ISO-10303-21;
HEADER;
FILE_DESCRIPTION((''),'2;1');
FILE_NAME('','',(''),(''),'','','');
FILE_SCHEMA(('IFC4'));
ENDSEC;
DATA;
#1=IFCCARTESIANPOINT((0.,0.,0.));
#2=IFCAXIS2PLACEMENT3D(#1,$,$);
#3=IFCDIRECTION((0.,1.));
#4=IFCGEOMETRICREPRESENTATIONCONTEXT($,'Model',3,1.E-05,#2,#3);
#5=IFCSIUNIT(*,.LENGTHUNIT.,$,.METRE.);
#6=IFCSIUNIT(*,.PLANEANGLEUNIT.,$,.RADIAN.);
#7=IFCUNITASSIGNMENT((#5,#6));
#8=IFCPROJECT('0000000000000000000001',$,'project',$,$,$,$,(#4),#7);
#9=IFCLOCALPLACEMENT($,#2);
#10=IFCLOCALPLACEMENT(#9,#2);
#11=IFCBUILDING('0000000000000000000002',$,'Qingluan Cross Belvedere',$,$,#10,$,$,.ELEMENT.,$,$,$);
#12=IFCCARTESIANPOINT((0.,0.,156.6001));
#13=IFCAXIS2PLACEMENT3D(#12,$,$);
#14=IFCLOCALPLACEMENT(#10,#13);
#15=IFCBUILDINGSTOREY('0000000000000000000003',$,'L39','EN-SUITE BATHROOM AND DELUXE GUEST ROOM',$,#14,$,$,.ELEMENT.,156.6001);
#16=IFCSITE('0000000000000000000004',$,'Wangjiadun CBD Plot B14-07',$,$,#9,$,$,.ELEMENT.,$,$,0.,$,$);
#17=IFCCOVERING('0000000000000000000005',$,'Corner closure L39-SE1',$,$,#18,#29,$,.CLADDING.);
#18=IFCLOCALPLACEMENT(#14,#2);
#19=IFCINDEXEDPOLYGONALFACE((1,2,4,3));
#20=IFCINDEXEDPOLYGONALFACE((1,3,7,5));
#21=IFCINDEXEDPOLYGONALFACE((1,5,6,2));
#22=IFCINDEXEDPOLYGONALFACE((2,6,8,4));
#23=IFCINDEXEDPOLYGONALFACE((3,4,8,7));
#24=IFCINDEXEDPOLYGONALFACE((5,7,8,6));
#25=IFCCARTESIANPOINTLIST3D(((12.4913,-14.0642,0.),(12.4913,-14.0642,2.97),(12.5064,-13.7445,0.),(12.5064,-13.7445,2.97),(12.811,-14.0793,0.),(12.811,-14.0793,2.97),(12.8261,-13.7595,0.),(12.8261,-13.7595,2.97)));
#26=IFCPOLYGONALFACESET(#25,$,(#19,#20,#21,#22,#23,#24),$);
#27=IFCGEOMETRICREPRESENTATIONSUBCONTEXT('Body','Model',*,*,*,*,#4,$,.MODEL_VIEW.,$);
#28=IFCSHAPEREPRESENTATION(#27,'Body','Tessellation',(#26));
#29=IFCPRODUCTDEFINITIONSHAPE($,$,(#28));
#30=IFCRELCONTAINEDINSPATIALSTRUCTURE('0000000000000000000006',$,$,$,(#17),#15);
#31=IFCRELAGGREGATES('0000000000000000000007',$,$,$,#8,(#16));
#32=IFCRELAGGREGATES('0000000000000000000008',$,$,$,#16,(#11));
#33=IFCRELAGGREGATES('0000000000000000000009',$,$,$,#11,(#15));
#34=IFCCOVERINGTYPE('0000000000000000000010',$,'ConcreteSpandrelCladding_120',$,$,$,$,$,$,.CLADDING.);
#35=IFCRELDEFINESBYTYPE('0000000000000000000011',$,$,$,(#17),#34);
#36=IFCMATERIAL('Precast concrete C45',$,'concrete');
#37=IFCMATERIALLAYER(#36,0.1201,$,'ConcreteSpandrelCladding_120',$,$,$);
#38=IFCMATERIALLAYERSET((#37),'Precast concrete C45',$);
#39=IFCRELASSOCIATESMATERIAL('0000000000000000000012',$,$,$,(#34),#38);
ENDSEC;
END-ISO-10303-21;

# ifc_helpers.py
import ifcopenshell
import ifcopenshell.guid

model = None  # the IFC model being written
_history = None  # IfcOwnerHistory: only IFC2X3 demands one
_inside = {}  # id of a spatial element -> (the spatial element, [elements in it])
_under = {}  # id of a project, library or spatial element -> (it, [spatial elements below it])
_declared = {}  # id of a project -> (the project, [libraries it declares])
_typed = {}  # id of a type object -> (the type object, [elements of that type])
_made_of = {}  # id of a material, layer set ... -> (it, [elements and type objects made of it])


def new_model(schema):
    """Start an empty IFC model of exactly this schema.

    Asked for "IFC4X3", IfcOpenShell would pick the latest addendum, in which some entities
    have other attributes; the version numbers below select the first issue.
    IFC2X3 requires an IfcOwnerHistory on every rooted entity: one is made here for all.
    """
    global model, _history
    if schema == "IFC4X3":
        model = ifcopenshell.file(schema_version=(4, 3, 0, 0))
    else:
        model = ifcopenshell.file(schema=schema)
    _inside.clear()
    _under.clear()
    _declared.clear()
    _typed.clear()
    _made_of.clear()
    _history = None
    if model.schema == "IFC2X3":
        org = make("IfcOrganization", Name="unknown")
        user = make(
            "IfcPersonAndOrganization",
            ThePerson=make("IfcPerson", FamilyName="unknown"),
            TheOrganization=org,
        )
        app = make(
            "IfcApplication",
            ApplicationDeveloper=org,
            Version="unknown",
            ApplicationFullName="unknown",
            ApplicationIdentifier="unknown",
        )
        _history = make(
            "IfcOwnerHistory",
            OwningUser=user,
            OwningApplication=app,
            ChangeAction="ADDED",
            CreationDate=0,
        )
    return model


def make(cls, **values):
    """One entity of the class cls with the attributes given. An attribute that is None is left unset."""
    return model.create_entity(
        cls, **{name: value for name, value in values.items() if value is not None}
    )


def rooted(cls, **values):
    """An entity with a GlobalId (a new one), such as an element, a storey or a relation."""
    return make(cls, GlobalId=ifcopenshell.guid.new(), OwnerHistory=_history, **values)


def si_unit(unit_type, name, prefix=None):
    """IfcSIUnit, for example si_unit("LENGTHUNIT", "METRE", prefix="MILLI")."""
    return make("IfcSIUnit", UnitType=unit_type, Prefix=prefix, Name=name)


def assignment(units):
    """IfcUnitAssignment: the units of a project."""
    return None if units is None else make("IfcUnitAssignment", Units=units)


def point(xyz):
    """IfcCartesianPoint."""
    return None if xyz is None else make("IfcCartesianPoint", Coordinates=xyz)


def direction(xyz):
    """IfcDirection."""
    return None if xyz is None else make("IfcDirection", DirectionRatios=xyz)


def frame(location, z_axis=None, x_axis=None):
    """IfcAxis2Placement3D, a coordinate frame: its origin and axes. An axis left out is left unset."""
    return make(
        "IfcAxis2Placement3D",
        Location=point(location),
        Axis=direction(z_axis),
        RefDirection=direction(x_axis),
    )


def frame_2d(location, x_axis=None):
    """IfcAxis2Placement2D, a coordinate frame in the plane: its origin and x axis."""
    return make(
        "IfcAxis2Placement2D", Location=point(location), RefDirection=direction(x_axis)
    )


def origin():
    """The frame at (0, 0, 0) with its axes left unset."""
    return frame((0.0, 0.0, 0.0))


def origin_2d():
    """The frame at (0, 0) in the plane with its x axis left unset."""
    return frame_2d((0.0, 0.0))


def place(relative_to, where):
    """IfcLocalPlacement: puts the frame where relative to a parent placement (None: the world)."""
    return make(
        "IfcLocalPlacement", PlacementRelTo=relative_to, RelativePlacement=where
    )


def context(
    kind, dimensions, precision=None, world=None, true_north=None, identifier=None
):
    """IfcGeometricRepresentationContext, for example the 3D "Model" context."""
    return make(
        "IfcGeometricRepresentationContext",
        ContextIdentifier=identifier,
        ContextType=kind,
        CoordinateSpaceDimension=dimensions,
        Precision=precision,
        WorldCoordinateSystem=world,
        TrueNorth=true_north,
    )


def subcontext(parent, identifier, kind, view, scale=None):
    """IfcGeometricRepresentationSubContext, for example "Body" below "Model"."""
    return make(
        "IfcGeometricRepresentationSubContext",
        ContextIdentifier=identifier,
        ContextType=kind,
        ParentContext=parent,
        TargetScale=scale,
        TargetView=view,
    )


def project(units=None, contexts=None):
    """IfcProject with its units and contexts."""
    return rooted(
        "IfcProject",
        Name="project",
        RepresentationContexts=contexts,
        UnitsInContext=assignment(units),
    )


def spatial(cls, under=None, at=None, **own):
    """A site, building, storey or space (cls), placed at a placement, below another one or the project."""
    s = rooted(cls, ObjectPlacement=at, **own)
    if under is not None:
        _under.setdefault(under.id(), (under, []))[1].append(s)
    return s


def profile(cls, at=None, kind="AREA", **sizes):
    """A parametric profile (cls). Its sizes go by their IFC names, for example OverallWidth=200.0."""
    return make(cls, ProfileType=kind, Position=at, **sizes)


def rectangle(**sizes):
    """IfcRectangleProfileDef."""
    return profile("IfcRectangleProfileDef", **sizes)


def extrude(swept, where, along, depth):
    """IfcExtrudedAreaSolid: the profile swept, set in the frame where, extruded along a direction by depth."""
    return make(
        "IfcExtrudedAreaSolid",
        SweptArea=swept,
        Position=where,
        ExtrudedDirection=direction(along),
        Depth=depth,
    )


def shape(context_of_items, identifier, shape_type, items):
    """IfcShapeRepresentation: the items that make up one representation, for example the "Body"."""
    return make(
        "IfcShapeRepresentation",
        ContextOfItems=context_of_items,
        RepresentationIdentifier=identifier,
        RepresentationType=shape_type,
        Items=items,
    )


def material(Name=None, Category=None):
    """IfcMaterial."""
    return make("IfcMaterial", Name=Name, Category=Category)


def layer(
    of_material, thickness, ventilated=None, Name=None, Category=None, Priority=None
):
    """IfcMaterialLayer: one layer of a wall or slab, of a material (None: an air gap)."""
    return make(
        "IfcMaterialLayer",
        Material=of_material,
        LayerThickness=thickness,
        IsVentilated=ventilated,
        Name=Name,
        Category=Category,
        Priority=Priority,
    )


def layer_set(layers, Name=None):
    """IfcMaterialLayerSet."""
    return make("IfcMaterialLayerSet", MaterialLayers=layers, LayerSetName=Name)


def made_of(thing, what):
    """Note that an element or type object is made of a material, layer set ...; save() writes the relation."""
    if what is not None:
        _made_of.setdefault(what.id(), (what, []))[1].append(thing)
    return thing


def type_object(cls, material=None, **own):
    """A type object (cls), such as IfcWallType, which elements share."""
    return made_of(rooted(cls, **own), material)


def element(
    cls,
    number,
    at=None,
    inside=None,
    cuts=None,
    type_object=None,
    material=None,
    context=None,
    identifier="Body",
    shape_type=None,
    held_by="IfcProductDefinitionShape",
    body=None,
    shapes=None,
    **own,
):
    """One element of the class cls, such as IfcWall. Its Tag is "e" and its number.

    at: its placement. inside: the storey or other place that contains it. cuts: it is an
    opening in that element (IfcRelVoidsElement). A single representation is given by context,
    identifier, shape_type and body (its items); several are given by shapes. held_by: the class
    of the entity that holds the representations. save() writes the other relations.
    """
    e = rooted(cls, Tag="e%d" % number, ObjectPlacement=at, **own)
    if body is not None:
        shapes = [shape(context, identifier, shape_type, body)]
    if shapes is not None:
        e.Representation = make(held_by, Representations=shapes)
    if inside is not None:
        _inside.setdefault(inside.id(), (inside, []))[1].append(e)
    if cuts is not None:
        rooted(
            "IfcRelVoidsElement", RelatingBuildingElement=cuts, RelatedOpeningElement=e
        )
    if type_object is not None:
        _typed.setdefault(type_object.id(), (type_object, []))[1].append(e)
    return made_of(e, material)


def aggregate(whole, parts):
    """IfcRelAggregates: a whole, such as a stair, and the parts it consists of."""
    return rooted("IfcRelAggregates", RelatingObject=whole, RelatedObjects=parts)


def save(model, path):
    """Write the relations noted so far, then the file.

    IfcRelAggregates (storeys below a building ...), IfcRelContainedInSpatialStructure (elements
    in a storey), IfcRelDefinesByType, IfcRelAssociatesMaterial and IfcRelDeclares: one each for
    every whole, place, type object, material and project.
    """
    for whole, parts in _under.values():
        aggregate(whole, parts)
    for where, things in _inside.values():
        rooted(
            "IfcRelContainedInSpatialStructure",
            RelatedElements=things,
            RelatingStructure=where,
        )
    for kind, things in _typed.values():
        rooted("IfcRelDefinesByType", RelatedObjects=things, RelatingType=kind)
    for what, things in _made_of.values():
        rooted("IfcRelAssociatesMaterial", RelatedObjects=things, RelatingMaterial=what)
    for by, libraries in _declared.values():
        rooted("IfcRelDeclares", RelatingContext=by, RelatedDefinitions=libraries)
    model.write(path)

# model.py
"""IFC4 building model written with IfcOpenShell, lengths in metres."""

from ifc_helpers import new_model, si_unit, direction, frame, origin, origin_2d, place, context, subcontext, project, spatial, rectangle, extrude, material, layer, layer_set, type_object, element, save


model = new_model("IFC4")

# Units and contexts
model_context = context("Model", 3, precision=1e-05, world=origin(), true_north=direction((0.0, 1.0)))
body_context = subcontext(model_context, "Body", "Model", "MODEL_VIEW")
ifc_project = project(units=[si_unit("LENGTHUNIT", "METRE"), si_unit("PLANEANGLEUNIT", "RADIAN")], contexts=[model_context])

# Site, building, storey
site_placement = place(None, origin())
site = spatial("IfcSite", under=ifc_project, at=site_placement, Name="Wangjiadun CBD Plot B14-07", CompositionType="ELEMENT", RefElevation=0.0)
building_placement = place(site_placement, origin())
building = spatial("IfcBuilding", under=site, at=building_placement, Name="Qingluan Cross Belvedere", CompositionType="ELEMENT")
storey_placement = place(building_placement, frame((0.0, 0.0, 156.6001)))
storey = spatial("IfcBuildingStorey", under=building, at=storey_placement, Name="L39", Description="EN-SUITE BATHROOM AND DELUXE GUEST ROOM", CompositionType="ELEMENT", Elevation=156.6001)

# Covering
ifc_material_1 = material(Name="Precast concrete C45", Category="concrete")
ifc_layer_1 = layer(ifc_material_1, 0.1201, Name="ConcreteSpandrelCladding_120")
ifc_layer_set_1 = layer_set([ifc_layer_1], Name="Precast concrete C45")
covering_type = type_object("IfcCoveringType", Name="ConcreteSpandrelCladding_120", PredefinedType="CLADDING", material=ifc_layer_set_1)
covering_placement = place(storey_placement, frame((12.6587, -13.9119, 0.0), z_axis=(0.0, 0.0, 1.0), x_axis=(0.99889, -0.047106, 0.0)))
element("IfcCovering", 1, at=covering_placement, inside=storey, type_object=covering_type, Name="Corner closure L39-SE1", PredefinedType="CLADDING", context=body_context, shape_type="SweptSolid", body=[
    extrude(rectangle(XDim=0.3201, YDim=0.3201, at=origin_2d()), origin(), (0.0, 0.0, 1.0), 2.97),
])

save(model, "model.ifc")
